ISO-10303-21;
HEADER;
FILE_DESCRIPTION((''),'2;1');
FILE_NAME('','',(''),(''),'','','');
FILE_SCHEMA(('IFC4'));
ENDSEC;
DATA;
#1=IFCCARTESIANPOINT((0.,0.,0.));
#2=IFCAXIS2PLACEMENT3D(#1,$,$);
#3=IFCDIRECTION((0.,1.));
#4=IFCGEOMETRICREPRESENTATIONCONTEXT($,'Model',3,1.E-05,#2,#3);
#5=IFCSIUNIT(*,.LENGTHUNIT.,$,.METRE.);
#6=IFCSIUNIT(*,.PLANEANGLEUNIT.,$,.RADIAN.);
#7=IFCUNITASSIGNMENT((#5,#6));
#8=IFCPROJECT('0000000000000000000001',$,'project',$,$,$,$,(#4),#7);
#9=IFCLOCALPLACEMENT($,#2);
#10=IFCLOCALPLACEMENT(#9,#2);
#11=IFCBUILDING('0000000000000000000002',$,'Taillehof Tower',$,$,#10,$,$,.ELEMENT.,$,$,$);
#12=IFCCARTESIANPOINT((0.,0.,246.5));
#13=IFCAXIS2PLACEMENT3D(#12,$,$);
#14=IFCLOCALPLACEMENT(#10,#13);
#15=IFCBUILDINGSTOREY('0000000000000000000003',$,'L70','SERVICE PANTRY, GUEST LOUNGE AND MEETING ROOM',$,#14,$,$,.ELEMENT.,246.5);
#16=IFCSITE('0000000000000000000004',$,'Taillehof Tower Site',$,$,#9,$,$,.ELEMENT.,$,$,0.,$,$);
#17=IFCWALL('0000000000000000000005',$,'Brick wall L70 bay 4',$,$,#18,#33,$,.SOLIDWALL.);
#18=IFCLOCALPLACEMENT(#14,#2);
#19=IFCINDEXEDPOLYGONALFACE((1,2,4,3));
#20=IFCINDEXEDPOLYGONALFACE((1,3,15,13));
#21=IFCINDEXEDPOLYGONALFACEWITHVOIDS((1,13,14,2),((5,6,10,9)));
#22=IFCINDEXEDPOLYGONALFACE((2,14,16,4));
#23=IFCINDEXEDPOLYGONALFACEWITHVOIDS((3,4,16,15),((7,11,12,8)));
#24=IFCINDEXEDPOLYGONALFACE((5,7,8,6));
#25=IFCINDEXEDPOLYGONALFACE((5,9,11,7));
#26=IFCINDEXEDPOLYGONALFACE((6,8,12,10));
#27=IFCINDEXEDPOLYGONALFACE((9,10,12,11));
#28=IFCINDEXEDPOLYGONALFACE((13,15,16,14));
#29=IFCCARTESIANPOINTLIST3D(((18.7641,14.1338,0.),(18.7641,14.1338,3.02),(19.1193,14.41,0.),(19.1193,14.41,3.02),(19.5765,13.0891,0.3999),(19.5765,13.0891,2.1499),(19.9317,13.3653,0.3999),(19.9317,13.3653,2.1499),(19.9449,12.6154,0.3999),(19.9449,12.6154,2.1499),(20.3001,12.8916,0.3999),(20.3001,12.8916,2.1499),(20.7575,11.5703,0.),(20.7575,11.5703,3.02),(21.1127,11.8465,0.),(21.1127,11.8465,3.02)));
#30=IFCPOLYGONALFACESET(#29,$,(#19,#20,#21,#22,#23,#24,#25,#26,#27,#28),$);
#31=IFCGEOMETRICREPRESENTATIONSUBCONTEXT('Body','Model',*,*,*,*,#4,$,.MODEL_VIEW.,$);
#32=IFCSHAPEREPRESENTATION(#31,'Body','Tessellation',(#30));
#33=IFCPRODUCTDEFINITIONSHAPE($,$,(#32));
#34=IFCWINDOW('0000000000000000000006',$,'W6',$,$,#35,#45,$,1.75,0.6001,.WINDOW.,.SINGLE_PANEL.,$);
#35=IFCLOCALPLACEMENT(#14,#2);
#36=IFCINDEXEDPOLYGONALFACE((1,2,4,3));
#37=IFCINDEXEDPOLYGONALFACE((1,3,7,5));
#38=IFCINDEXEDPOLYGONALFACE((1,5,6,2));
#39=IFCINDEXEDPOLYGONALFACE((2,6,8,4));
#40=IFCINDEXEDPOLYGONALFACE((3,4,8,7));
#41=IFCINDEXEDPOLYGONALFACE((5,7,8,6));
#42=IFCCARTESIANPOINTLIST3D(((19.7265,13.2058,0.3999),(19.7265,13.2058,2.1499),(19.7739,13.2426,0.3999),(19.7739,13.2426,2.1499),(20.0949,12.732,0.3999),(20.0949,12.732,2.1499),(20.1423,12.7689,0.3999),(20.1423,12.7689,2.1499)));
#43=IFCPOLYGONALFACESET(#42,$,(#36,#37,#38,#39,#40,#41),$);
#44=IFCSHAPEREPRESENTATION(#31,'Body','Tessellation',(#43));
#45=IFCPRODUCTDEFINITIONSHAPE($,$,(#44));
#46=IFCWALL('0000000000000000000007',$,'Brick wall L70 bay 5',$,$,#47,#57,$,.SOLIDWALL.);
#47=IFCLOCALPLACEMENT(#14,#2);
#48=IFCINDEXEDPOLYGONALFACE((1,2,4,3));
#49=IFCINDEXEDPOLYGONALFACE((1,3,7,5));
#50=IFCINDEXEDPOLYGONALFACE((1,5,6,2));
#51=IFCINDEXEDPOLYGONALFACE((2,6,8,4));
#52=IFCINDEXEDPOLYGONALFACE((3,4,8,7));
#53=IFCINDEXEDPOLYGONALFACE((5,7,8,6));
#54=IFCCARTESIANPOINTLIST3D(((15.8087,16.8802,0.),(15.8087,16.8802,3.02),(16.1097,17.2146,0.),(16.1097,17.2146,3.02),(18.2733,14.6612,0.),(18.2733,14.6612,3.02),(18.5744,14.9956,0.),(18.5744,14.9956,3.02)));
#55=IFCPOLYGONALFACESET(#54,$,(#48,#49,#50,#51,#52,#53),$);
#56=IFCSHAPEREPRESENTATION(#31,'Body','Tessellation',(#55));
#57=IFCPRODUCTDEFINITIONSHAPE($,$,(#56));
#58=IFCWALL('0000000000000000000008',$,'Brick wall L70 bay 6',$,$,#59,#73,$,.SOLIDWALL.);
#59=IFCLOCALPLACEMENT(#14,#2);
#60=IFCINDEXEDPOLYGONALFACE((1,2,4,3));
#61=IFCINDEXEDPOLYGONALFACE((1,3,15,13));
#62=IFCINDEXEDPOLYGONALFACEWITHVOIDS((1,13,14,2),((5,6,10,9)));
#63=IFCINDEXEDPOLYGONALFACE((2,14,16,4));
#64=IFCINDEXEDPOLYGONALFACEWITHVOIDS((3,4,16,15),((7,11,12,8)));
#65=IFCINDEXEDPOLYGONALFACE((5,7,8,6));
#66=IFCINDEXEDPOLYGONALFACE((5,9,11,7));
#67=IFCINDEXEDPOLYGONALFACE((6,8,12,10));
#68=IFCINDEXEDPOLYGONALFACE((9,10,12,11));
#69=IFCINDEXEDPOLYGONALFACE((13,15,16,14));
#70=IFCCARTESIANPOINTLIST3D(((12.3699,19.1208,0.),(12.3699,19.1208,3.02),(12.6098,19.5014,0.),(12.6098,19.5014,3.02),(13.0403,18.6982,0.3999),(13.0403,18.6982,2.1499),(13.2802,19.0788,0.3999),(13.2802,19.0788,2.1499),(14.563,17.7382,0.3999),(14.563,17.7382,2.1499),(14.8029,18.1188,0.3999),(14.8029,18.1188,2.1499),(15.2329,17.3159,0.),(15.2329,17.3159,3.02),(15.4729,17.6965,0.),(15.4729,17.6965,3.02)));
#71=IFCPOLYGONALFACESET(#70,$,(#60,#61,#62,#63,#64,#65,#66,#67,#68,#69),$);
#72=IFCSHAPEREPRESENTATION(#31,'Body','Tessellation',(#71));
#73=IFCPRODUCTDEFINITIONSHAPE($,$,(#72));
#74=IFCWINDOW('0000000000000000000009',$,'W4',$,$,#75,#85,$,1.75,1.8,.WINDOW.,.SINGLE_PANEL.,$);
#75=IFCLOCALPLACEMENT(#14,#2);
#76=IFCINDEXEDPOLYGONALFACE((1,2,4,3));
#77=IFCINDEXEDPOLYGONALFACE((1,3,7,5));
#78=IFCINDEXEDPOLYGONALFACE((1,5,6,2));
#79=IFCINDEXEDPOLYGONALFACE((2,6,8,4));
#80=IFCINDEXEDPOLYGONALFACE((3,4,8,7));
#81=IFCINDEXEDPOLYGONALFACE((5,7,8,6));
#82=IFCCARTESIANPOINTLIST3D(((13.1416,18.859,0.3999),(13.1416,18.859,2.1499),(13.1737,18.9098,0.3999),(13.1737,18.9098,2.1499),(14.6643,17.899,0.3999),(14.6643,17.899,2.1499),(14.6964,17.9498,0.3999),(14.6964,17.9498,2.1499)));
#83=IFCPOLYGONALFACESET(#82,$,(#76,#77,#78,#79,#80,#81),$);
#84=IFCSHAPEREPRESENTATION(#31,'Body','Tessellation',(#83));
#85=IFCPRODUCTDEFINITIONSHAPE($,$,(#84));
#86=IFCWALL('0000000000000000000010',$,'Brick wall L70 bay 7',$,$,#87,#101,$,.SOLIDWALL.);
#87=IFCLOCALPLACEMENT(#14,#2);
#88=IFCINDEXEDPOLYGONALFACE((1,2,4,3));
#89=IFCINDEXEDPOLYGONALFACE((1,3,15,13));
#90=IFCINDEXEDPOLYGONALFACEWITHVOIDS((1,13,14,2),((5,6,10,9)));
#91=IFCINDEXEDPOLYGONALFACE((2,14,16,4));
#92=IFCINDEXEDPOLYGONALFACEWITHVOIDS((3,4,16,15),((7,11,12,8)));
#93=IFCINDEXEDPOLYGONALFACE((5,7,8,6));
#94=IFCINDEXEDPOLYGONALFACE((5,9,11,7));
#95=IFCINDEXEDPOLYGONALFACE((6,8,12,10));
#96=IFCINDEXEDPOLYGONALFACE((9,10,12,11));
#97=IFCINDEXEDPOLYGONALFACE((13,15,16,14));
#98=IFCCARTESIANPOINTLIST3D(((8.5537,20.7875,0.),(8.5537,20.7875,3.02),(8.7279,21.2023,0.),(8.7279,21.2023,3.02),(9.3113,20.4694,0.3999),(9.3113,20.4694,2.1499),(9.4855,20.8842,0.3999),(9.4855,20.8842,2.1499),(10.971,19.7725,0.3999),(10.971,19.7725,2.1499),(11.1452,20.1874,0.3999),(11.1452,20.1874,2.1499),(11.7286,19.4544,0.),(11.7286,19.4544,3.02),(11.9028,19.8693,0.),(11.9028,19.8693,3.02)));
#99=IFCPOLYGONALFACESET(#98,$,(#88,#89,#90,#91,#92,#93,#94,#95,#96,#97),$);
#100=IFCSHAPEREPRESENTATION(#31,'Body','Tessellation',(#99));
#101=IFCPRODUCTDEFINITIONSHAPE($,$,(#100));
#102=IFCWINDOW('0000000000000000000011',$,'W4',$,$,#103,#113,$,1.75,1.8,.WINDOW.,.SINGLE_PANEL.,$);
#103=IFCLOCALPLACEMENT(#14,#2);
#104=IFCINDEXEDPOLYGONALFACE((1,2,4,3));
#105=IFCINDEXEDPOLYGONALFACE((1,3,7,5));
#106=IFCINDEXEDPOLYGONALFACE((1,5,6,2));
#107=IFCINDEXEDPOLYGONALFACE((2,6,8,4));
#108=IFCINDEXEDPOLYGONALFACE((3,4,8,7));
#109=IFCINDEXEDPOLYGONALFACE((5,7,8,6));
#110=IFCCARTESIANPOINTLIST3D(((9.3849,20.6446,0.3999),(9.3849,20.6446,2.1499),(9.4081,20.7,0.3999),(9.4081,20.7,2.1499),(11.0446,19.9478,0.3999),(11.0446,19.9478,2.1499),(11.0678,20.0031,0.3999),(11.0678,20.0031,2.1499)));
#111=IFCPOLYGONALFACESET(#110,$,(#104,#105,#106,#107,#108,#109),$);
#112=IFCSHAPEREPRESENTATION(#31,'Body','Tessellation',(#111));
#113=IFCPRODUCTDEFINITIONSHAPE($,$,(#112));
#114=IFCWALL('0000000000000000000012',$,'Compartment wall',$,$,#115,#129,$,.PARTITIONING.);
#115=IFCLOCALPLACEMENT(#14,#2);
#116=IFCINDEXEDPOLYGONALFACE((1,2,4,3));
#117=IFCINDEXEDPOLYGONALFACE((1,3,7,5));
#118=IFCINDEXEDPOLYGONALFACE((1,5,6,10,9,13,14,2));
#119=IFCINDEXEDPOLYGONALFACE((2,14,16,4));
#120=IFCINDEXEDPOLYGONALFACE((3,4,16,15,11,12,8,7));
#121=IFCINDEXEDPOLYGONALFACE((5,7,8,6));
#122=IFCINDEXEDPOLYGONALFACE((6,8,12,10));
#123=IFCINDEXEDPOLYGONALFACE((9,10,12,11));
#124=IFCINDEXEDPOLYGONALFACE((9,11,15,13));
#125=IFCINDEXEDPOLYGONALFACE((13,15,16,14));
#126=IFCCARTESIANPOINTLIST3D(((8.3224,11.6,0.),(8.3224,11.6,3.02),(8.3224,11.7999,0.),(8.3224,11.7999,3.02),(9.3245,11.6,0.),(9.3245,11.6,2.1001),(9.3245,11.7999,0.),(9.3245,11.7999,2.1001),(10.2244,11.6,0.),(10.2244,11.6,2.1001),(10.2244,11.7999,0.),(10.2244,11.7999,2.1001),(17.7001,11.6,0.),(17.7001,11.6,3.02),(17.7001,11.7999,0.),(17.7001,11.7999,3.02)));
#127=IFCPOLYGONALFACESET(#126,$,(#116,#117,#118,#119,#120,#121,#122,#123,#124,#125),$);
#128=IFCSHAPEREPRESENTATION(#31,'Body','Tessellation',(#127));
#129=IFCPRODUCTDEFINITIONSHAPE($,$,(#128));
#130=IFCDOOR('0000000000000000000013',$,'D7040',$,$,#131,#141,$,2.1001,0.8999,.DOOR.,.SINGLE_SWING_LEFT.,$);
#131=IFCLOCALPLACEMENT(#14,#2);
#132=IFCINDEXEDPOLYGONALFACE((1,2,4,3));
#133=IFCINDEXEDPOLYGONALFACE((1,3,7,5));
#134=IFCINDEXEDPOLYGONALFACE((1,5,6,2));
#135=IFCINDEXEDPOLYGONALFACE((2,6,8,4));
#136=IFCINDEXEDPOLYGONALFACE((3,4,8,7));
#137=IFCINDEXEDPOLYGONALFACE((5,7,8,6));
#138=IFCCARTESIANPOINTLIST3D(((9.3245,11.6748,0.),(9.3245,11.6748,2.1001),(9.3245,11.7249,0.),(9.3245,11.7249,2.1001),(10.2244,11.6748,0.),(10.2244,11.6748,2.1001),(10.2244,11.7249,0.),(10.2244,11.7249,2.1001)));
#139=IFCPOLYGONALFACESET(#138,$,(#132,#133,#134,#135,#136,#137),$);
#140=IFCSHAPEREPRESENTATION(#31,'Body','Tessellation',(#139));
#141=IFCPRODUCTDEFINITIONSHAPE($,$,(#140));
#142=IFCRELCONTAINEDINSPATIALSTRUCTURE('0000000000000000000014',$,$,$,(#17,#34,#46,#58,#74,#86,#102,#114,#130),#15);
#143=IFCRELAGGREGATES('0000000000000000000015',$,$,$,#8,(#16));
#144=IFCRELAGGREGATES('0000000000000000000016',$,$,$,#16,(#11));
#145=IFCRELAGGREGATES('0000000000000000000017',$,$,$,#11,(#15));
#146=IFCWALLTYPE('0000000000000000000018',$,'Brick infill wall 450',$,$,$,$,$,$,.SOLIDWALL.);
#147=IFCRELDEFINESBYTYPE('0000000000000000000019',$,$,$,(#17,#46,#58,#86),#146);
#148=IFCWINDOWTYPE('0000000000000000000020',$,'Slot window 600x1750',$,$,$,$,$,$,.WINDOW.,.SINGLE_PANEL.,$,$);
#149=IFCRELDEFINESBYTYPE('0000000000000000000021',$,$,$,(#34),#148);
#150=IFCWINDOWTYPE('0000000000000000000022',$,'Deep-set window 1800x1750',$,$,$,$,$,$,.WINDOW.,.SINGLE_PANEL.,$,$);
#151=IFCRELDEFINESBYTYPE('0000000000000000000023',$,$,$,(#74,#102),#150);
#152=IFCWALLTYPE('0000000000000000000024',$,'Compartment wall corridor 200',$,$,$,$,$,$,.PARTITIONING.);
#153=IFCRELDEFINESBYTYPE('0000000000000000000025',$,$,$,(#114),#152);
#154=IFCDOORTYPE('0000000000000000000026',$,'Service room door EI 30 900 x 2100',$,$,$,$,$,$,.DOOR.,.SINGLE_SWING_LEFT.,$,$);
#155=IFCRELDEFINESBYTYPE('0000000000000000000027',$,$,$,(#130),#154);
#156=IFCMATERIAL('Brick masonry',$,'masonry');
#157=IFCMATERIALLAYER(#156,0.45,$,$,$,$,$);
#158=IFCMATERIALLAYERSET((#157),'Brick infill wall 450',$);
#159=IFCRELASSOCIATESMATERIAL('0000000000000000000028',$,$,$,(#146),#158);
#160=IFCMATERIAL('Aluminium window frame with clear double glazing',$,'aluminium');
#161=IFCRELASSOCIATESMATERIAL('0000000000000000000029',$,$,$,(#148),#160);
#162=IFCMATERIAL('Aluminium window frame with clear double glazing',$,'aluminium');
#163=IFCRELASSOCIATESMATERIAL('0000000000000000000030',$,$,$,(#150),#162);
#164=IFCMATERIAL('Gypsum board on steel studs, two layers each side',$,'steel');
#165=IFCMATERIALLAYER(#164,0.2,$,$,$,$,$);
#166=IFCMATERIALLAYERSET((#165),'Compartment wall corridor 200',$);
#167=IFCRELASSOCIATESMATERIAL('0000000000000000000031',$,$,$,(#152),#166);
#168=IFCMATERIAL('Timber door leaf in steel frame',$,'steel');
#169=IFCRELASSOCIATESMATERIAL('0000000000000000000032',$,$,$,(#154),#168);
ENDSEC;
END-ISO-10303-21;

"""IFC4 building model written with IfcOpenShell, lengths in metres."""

from ifc_helpers import new_model, si_unit, direction, frame, frame_2d, origin, place, context, subcontext, project, spatial, rectangle, extrude, material, layer, layer_set, type_object, element, fill, save


model = new_model("IFC4")

# Units and contexts
model_context = context("Model", 3, precision=1e-05, world=origin(), true_north=direction((0.0, 1.0)))
body_context = subcontext(model_context, "Body", "Model", "MODEL_VIEW")
ifc_project = project(units=[si_unit("LENGTHUNIT", "METRE"), si_unit("PLANEANGLEUNIT", "RADIAN")], contexts=[model_context])

# Site, building, storey
site_placement = place(None, origin())
site = spatial("IfcSite", under=ifc_project, at=site_placement, Name="Taillehof Tower Site", CompositionType="ELEMENT", RefElevation=0.0)
building_placement = place(site_placement, origin())
building = spatial("IfcBuilding", under=site, at=building_placement, Name="Taillehof Tower", CompositionType="ELEMENT")
storey_placement = place(building_placement, frame((0.0, 0.0, 246.5)))
storey = spatial("IfcBuildingStorey", under=building, at=storey_placement, Name="L70", Description="SERVICE PANTRY, GUEST LOUNGE AND MEETING ROOM", CompositionType="ELEMENT", Elevation=246.5)

# Wall, opening, window
ifc_material_1 = material(Name="Brick masonry", Category="masonry")
ifc_layer_1 = layer(ifc_material_1, 0.45)
ifc_layer_set_1 = layer_set([ifc_layer_1], Name="Brick infill wall 450")
wall_type_1 = type_object("IfcWallType", Name="Brick infill wall 450", PredefinedType="SOLIDWALL", material=ifc_layer_set_1)
wall_1_placement = place(storey_placement, frame((20.9351, 11.7085, 0.0), z_axis=(0.0, 0.0, 1.0), x_axis=(-0.613863, 0.789413, 0.0)))
wall_1 = element("IfcWall", 1, at=wall_1_placement, inside=storey, type_object=wall_type_1, Name="Brick wall L70 bay 4", PredefinedType="SOLIDWALL", context=body_context, shape_type="SweptSolid", body=[
    extrude(rectangle(XDim=3.2473, YDim=0.45, at=frame_2d((1.6235, 0.0))), origin(), (0.0, 0.0, 1.0), 3.02),
])
opening_1_placement = place(wall_1_placement, frame((1.3237, 0.0, 0.3999)))
opening_1 = element("IfcOpeningElement", 2, at=opening_1_placement, cuts=wall_1, PredefinedType="OPENING", context=body_context, shape_type="SweptSolid", body=[
    extrude(rectangle(XDim=0.6001, YDim=1.75, at=frame_2d((0.3, 0.875))), frame((0.0, 0.2349, 0.0), z_axis=(0.0, -1.0, 0.0), x_axis=(1.0, 0.0, 0.0)), (0.0, 0.0, 1.0), 0.47),
])
ifc_material_2 = material(Name="Aluminium window frame with clear double glazing", Category="aluminium")
window_type_1 = type_object("IfcWindowType", Name="Slot window 600x1750", PartitioningType="SINGLE_PANEL", PredefinedType="WINDOW", material=ifc_material_2)
window_1_placement = place(opening_1_placement, origin())
window_1 = element("IfcWindow", 3, at=window_1_placement, inside=storey, type_object=window_type_1, Name="W6", OverallHeight=1.75, OverallWidth=0.6001, PartitioningType="SINGLE_PANEL", PredefinedType="WINDOW", context=body_context, shape_type="SweptSolid", body=[
    extrude(rectangle(XDim=0.6001, YDim=1.75, at=frame_2d((0.3, 0.875))), frame((0.0, 0.0349, 0.0), z_axis=(0.0, -1.0, 0.0), x_axis=(1.0, 0.0, 0.0)), (0.0, 0.0, 1.0), 0.0601),
])
fill(opening_1, window_1)

# Wall
wall_2_placement = place(storey_placement, frame((18.4238, 14.8284, 0.0), z_axis=(0.0, 0.0, 1.0), x_axis=(-0.743166, 0.669107, 0.0)))
element("IfcWall", 4, at=wall_2_placement, inside=storey, type_object=wall_type_1, Name="Brick wall L70 bay 5", PredefinedType="SOLIDWALL", context=body_context, shape_type="SweptSolid", body=[
    extrude(rectangle(XDim=3.3164, YDim=0.45, at=frame_2d((1.6582, 0.0))), origin(), (0.0, 0.0, 1.0), 3.02),
])

# Walls, openings, windows
wall_3_placement = place(storey_placement, frame((15.353, 17.5061, 0.0), z_axis=(0.0, 0.0, 1.0), x_axis=(-0.845929, 0.533295, 0.0)))
wall_3 = element("IfcWall", 5, at=wall_3_placement, inside=storey, type_object=wall_type_1, Name="Brick wall L70 bay 6", PredefinedType="SOLIDWALL", context=body_context, shape_type="SweptSolid", body=[
    extrude(rectangle(XDim=3.3845, YDim=0.45, at=frame_2d((1.6924, 0.0))), origin(), (0.0, 0.0, 1.0), 3.02),
])
opening_2_placement = place(wall_3_placement, frame((0.7922, 0.0, 0.3999)))
opening_2 = element("IfcOpeningElement", 6, at=opening_2_placement, cuts=wall_3, PredefinedType="OPENING", context=body_context, shape_type="SweptSolid", body=[
    extrude(rectangle(XDim=1.8, YDim=1.75, at=frame_2d((0.8999, 0.875))), frame((0.0, 0.2349, 0.0), z_axis=(0.0, -1.0, 0.0), x_axis=(1.0, 0.0, 0.0)), (0.0, 0.0, 1.0), 0.47),
])
ifc_material_3 = material(Name="Aluminium window frame with clear double glazing", Category="aluminium")
window_type_2 = type_object("IfcWindowType", Name="Deep-set window 1800x1750", PartitioningType="SINGLE_PANEL", PredefinedType="WINDOW", material=ifc_material_3)
window_2_placement = place(opening_2_placement, origin())
window_2 = element("IfcWindow", 7, at=window_2_placement, inside=storey, type_object=window_type_2, Name="W4", OverallHeight=1.75, OverallWidth=1.8, PartitioningType="SINGLE_PANEL", PredefinedType="WINDOW", context=body_context, shape_type="SweptSolid", body=[
    extrude(rectangle(XDim=1.8, YDim=1.75, at=frame_2d((0.8999, 0.875))), frame((0.0, 0.0349, 0.0), z_axis=(0.0, -1.0, 0.0), x_axis=(1.0, 0.0, 0.0)), (0.0, 0.0, 1.0), 0.0601),
])
fill(opening_2, window_2)
wall_4_placement = place(storey_placement, frame((11.8157, 19.6619, 0.0), z_axis=(0.0, 0.0, 1.0), x_axis=(-0.922025, 0.387131, 0.0)))
wall_4 = element("IfcWall", 8, at=wall_4_placement, inside=storey, type_object=wall_type_1, Name="Brick wall L70 bay 7", PredefinedType="SOLIDWALL", context=body_context, shape_type="SweptSolid", body=[
    extrude(rectangle(XDim=3.4434, YDim=0.45, at=frame_2d((1.7217, 0.0))), origin(), (0.0, 0.0, 1.0), 3.02),
])
opening_3_placement = place(wall_4_placement, frame((0.8218, 0.0, 0.3999)))
opening_3 = element("IfcOpeningElement", 9, at=opening_3_placement, cuts=wall_4, PredefinedType="OPENING", context=body_context, shape_type="SweptSolid", body=[
    extrude(rectangle(XDim=1.8, YDim=1.75, at=frame_2d((0.8999, 0.875))), frame((0.0, 0.2349, 0.0), z_axis=(0.0, -1.0, 0.0), x_axis=(1.0, 0.0, 0.0)), (0.0, 0.0, 1.0), 0.47),
])
window_3_placement = place(opening_3_placement, origin())
window_3 = element("IfcWindow", 10, at=window_3_placement, inside=storey, type_object=window_type_2, Name="W4", OverallHeight=1.75, OverallWidth=1.8, PartitioningType="SINGLE_PANEL", PredefinedType="WINDOW", context=body_context, shape_type="SweptSolid", body=[
    extrude(rectangle(XDim=1.8, YDim=1.75, at=frame_2d((0.8999, 0.875))), frame((0.0, 0.0349, 0.0), z_axis=(0.0, -1.0, 0.0), x_axis=(1.0, 0.0, 0.0)), (0.0, 0.0, 1.0), 0.0601),
])
fill(opening_3, window_3)

# Wall, opening, door
ifc_material_4 = material(Name="Gypsum board on steel studs, two layers each side", Category="steel")
ifc_layer_2 = layer(ifc_material_4, 0.2)
ifc_layer_set_2 = layer_set([ifc_layer_2], Name="Compartment wall corridor 200")
wall_type_2 = type_object("IfcWallType", Name="Compartment wall corridor 200", PredefinedType="PARTITIONING", material=ifc_layer_set_2)
wall_5_placement = place(storey_placement, frame((8.3223, 11.7, 0.0), z_axis=(0.0, 0.0, 1.0), x_axis=(1.0, 0.0, 0.0)))
wall_5 = element("IfcWall", 11, at=wall_5_placement, inside=storey, type_object=wall_type_2, Name="Compartment wall", PredefinedType="PARTITIONING", context=body_context, shape_type="SweptSolid", body=[
    extrude(rectangle(XDim=9.3777, YDim=0.2, at=frame_2d((4.689, 0.0))), origin(), (0.0, 0.0, 1.0), 3.02),
])
opening_4_placement = place(wall_5_placement, frame((1.0022, 0.0, 0.0)))
opening_4 = element("IfcOpeningElement", 12, at=opening_4_placement, cuts=wall_5, PredefinedType="OPENING", context=body_context, shape_type="SweptSolid", body=[
    extrude(rectangle(XDim=0.8999, YDim=2.1001, at=frame_2d((0.45, 1.05))), frame((0.0, 0.1099, 0.0), z_axis=(0.0, -1.0, 0.0), x_axis=(1.0, 0.0, 0.0)), (0.0, 0.0, 1.0), 0.22),
])
ifc_material_5 = material(Name="Timber door leaf in steel frame", Category="steel")
door_type_1 = type_object("IfcDoorType", Name="Service room door EI 30 900 x 2100", OperationType="SINGLE_SWING_LEFT", PredefinedType="DOOR", material=ifc_material_5)
door_1_placement = place(opening_4_placement, origin())
door_1 = element("IfcDoor", 13, at=door_1_placement, inside=storey, type_object=door_type_1, Name="D7040", OperationType="SINGLE_SWING_LEFT", OverallHeight=2.1001, OverallWidth=0.8999, PredefinedType="DOOR", context=body_context, shape_type="SweptSolid", body=[
    extrude(rectangle(XDim=0.8999, YDim=2.1001, at=frame_2d((0.45, 1.05))), frame((0.0, 0.0249, 0.0), z_axis=(0.0, -1.0, 0.0), x_axis=(1.0, 0.0, 0.0)), (0.0, 0.0, 1.0), 0.05),
])
fill(opening_4, door_1)

save(model, "model.ifc")
